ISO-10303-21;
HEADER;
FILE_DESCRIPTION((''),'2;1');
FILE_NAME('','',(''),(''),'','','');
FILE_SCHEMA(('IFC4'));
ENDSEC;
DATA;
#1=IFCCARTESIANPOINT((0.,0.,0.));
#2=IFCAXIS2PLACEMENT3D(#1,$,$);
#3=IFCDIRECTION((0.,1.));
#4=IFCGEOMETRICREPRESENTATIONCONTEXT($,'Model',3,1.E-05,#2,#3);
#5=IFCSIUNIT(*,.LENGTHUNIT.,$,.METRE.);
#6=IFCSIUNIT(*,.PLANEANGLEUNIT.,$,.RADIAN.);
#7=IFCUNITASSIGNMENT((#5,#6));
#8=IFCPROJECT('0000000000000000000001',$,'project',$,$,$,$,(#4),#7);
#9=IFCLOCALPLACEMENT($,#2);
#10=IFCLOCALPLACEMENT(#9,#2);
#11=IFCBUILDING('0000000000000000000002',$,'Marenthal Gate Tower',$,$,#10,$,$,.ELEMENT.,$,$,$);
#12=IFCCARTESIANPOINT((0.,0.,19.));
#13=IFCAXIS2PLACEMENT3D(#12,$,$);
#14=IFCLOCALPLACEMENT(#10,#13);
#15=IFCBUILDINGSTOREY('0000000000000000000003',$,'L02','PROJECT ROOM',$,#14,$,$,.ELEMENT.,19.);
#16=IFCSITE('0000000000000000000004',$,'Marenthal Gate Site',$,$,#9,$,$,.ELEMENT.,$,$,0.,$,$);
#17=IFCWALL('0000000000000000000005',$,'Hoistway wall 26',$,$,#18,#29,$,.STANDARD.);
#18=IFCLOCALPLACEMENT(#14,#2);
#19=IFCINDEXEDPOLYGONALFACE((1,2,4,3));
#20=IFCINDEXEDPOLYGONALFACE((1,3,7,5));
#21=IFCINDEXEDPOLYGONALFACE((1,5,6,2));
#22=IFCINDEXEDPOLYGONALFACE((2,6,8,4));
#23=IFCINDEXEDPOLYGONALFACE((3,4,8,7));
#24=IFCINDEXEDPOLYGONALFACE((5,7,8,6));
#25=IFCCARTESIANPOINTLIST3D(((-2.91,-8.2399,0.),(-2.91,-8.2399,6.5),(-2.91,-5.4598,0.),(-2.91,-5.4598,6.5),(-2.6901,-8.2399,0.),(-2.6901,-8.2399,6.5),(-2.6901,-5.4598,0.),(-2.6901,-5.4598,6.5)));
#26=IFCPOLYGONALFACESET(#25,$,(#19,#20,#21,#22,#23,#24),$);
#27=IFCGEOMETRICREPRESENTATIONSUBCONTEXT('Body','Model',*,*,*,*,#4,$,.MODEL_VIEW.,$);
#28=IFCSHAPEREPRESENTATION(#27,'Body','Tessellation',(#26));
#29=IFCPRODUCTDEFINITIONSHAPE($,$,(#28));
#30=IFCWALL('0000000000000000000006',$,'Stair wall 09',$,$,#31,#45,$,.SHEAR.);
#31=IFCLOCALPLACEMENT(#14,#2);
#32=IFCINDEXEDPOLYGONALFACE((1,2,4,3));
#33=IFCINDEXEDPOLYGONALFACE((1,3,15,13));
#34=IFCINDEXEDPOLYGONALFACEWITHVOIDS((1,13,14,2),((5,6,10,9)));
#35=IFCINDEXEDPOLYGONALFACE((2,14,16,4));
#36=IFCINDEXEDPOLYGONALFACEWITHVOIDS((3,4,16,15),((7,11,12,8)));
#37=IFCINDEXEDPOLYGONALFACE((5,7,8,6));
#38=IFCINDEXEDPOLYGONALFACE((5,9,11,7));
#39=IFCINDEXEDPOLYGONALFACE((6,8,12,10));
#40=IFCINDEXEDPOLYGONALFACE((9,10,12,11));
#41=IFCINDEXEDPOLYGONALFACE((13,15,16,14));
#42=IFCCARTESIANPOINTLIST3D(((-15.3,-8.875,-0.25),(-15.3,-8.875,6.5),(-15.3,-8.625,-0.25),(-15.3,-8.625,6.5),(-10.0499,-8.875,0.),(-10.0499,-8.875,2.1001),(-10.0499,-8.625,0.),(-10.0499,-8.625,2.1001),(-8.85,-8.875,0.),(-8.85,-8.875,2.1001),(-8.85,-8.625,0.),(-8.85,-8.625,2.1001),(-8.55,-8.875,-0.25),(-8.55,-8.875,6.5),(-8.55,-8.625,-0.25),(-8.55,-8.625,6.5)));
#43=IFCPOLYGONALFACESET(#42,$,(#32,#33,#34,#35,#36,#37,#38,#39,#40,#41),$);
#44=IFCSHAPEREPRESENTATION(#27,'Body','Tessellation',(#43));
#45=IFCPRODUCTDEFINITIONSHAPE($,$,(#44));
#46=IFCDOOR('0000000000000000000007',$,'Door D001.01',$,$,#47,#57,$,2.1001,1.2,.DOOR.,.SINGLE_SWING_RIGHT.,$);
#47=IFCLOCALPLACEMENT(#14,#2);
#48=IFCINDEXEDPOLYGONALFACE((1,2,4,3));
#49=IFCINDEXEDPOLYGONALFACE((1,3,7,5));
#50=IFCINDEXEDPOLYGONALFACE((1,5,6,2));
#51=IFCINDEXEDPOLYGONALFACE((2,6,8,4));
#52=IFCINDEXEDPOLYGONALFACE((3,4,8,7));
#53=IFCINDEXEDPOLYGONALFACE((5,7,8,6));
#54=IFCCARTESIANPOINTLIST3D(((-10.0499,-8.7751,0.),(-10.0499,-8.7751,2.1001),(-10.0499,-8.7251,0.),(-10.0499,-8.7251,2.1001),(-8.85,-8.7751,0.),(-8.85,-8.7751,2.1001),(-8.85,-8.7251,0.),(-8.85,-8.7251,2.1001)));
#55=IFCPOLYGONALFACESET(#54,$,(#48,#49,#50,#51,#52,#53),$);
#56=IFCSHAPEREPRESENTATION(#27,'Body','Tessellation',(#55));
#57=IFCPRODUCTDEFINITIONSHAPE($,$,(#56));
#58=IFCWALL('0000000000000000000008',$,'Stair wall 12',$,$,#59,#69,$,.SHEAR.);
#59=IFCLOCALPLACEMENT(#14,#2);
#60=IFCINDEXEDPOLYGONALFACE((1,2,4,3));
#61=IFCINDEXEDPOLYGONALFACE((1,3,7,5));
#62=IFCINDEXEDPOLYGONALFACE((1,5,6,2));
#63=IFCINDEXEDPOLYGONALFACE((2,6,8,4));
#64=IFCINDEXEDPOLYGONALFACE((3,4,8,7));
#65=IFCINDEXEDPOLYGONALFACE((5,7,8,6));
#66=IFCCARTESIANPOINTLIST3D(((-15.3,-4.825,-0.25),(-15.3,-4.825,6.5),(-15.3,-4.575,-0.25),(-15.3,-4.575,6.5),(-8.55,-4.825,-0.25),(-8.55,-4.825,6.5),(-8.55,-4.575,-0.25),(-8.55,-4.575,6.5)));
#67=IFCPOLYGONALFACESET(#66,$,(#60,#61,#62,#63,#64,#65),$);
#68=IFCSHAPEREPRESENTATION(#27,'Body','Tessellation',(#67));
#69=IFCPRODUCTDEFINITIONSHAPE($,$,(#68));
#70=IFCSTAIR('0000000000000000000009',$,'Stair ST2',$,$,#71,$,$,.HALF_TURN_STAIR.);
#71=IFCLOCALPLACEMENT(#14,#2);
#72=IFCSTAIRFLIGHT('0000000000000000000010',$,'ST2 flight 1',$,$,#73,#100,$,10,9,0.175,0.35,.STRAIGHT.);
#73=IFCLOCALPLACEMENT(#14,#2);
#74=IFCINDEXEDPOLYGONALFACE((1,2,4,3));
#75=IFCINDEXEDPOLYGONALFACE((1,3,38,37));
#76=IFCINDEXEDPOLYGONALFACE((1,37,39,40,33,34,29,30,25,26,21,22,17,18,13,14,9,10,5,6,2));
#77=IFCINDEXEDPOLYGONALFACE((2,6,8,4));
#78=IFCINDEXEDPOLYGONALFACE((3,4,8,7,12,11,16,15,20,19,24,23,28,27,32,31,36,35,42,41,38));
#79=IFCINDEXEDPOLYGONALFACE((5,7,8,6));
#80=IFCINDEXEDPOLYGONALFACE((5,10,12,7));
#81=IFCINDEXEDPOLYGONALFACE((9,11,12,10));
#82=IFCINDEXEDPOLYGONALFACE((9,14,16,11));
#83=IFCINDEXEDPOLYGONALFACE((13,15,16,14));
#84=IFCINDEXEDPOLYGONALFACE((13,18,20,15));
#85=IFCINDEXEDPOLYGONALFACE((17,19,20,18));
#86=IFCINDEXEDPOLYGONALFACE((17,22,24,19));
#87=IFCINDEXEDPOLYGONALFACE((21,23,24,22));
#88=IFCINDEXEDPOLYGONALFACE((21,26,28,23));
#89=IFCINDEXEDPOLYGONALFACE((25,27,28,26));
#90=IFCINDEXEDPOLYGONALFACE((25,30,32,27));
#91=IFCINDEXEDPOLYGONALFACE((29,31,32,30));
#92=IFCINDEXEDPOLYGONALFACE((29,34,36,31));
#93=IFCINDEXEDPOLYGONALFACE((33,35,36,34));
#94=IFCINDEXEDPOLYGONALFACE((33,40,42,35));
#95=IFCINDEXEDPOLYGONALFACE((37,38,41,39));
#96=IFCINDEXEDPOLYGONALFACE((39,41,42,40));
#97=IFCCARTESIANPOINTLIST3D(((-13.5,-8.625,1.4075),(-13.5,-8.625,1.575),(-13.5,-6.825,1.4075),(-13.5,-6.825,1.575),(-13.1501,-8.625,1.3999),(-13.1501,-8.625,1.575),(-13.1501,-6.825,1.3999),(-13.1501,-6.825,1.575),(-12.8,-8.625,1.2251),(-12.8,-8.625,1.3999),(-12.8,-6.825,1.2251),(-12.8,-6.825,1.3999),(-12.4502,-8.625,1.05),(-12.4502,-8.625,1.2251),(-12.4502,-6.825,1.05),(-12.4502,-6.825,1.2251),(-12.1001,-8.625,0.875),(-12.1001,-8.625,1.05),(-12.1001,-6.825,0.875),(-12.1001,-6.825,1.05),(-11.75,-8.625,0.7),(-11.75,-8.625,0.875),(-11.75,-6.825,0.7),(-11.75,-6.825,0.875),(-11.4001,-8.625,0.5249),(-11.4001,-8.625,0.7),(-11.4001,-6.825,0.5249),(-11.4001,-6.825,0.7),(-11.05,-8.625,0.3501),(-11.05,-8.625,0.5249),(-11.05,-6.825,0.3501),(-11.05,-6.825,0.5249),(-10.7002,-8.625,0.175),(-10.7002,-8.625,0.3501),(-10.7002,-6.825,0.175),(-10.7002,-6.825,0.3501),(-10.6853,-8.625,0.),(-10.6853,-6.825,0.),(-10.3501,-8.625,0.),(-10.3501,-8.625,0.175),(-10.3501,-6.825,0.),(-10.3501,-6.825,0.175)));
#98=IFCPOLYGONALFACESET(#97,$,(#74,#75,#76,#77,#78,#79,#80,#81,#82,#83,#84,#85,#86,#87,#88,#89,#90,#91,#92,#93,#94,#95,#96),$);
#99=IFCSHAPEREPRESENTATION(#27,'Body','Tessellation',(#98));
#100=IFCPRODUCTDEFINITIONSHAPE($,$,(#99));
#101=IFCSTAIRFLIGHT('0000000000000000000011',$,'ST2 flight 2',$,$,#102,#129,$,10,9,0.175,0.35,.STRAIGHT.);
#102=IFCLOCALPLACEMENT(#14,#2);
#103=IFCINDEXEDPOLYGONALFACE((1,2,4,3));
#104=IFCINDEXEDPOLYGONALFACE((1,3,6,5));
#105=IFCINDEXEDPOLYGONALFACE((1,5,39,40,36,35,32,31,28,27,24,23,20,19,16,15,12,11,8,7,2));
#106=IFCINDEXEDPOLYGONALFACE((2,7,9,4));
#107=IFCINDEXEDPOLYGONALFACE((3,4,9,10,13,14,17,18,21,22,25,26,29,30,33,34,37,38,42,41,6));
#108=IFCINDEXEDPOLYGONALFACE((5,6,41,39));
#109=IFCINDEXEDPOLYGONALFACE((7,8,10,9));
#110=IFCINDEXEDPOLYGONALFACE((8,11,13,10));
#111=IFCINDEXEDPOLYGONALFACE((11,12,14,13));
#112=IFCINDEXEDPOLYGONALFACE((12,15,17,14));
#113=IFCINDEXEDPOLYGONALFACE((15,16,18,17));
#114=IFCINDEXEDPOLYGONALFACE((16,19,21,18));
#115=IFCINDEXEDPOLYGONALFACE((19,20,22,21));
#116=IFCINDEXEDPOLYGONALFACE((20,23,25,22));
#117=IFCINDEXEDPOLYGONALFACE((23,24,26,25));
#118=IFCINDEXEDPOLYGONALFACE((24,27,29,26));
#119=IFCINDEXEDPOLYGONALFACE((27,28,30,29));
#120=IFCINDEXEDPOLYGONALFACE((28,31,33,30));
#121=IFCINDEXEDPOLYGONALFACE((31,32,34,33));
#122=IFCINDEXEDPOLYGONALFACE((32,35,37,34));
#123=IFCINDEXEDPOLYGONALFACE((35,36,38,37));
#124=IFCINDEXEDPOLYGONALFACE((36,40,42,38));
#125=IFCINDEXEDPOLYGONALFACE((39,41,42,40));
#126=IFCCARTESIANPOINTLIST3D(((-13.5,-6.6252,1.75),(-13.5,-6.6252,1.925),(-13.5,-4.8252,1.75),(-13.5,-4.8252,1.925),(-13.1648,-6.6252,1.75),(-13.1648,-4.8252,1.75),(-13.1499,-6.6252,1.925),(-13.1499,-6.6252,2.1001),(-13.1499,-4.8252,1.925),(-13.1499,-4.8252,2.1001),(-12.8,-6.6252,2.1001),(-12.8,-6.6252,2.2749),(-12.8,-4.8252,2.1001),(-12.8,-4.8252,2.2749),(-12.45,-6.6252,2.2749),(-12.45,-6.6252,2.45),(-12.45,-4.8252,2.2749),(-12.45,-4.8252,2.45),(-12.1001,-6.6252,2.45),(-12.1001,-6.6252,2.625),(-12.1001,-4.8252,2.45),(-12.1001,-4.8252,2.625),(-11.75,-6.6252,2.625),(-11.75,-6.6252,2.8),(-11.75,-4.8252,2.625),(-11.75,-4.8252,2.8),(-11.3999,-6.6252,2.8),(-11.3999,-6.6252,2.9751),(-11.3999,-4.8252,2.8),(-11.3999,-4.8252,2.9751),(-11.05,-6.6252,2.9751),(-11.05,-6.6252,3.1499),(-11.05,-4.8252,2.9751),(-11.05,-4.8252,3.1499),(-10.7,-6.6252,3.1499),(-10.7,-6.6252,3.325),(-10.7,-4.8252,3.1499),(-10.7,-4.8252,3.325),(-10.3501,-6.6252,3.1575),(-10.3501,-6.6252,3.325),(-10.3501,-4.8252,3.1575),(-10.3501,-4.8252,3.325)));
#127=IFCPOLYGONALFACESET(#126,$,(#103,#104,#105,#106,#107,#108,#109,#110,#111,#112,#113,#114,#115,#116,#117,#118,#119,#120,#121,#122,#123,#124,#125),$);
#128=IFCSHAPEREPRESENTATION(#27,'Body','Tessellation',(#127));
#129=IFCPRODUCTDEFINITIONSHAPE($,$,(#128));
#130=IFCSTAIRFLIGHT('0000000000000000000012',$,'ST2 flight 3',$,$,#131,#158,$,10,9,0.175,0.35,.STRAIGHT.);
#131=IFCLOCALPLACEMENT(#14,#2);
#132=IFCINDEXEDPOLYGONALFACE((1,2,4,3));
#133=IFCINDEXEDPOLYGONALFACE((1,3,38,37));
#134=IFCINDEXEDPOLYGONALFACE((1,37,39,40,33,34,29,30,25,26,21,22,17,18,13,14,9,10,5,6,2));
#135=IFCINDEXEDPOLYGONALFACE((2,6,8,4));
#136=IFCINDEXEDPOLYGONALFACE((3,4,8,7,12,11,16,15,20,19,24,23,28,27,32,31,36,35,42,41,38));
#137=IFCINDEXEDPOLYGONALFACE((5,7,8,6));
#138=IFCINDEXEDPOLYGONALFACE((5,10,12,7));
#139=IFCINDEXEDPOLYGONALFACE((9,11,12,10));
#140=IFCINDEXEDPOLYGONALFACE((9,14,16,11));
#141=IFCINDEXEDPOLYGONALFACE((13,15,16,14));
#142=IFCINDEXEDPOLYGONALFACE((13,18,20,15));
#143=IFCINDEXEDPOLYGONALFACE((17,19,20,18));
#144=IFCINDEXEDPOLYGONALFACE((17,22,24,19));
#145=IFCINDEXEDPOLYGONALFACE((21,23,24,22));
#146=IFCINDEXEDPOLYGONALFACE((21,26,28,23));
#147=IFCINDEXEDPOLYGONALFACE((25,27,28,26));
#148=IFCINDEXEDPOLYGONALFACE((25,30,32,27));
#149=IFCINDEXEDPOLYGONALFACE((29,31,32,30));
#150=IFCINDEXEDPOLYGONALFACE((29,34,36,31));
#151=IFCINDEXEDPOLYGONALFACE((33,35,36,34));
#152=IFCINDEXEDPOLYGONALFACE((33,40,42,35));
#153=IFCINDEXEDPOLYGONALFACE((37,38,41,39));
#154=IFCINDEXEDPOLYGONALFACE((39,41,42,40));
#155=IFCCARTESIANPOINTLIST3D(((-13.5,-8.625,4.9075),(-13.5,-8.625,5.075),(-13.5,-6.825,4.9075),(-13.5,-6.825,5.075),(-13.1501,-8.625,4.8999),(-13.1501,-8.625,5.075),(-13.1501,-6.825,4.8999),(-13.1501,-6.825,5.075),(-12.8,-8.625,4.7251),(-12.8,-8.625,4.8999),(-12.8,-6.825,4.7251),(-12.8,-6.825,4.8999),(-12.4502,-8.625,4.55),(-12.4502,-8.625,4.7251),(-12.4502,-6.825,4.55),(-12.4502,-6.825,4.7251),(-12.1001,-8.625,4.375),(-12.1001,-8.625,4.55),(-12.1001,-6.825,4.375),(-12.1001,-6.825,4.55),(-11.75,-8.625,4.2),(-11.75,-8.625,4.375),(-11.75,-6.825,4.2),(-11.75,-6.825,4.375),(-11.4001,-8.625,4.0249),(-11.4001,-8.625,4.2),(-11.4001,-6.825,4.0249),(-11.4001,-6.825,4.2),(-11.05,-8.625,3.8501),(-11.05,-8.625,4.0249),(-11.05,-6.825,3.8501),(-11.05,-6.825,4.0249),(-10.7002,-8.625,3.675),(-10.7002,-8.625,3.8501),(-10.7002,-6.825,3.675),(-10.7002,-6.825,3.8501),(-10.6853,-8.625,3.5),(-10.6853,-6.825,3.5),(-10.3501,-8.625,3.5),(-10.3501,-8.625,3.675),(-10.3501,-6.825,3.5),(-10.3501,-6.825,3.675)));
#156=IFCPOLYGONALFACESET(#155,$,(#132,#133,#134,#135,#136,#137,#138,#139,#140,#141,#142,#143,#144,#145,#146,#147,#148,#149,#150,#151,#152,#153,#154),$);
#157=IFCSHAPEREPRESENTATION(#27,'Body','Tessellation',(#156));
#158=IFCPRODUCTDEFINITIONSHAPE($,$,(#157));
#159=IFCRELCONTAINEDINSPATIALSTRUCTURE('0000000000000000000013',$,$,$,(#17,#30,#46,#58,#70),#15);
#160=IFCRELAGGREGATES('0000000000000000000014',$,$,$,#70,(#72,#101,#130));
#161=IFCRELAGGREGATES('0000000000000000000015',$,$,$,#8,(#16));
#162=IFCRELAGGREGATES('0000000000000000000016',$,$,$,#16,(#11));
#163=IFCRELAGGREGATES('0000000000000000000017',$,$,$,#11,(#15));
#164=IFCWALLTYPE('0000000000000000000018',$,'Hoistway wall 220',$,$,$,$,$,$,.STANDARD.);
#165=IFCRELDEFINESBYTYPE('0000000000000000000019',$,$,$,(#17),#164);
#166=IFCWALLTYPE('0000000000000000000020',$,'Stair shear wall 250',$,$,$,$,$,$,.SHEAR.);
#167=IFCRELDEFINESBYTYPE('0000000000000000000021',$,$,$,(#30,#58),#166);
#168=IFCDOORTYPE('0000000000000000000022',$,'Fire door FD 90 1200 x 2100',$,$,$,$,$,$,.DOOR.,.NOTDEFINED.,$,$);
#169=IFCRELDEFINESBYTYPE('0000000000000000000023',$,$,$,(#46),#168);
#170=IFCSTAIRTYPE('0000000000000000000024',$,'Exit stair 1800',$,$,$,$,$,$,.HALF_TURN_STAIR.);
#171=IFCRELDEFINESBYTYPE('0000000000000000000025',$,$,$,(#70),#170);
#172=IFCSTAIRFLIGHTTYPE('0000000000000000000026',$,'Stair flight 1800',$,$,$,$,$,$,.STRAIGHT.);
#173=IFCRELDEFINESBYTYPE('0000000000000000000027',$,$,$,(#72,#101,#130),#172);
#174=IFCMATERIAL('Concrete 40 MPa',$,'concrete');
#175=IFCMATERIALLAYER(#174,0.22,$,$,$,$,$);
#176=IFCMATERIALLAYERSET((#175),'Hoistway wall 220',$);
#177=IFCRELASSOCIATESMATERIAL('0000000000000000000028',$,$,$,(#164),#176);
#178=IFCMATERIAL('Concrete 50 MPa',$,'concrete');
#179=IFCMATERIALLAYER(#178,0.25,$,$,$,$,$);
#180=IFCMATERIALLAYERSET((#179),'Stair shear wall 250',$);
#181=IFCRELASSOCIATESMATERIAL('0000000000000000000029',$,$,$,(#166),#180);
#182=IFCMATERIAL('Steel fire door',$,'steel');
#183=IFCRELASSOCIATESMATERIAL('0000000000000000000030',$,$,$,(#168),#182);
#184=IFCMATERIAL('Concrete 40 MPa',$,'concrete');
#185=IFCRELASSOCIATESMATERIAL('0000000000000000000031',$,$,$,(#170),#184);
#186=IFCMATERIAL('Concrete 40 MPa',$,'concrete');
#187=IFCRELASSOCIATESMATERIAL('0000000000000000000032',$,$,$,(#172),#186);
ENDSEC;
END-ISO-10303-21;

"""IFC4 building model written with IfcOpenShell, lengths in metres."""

from ifc_helpers import new_model, si_unit, direction, frame, frame_2d, origin, place, context, subcontext, project, spatial, polyline, rectangle, outline, extrude, material, layer, layer_set, type_object, element, fill, aggregate, save


model = new_model("IFC4")

# Units and contexts
model_context = context("Model", 3, precision=1e-05, world=origin(), true_north=direction((0.0, 1.0)))
body_context = subcontext(model_context, "Body", "Model", "MODEL_VIEW")
ifc_project = project(units=[si_unit("LENGTHUNIT", "METRE"), si_unit("PLANEANGLEUNIT", "RADIAN")], contexts=[model_context])

# Site, building, storey
site_placement = place(None, origin())
site = spatial("IfcSite", under=ifc_project, at=site_placement, Name="Marenthal Gate Site", CompositionType="ELEMENT", RefElevation=0.0)
building_placement = place(site_placement, origin())
building = spatial("IfcBuilding", under=site, at=building_placement, Name="Marenthal Gate Tower", CompositionType="ELEMENT")
storey_placement = place(building_placement, frame((0.0, 0.0, 19.0)))
storey = spatial("IfcBuildingStorey", under=building, at=storey_placement, Name="L02", Description="PROJECT ROOM", CompositionType="ELEMENT", Elevation=19.0)

# Shared definitions
ifc_material_1 = material(Name="Concrete 40 MPa", Category="concrete")
ifc_layer_1 = layer(ifc_material_1, 0.22)
ifc_layer_set_1 = layer_set([ifc_layer_1], Name="Hoistway wall 220")
wall_type_1 = type_object("IfcWallType", Name="Hoistway wall 220", PredefinedType="STANDARD", material=ifc_layer_set_1)

# Wall
wall_1_placement = place(storey_placement, frame((-2.8, -8.24, 0.0), z_axis=(0.0, 0.0, 1.0), x_axis=(0.0, 1.0, 0.0)))
element("IfcWall", 1, at=wall_1_placement, inside=storey, type_object=wall_type_1, Name="Hoistway wall 26", PredefinedType="STANDARD", context=body_context, shape_type="SweptSolid", body=[
    extrude(rectangle(XDim=2.78, YDim=0.22, at=frame_2d((1.3901, 0.0))), origin(), (0.0, 0.0, 1.0), 6.5),
])

# Wall, opening, door
ifc_material_2 = material(Name="Concrete 50 MPa", Category="concrete")
ifc_layer_2 = layer(ifc_material_2, 0.25)
ifc_layer_set_2 = layer_set([ifc_layer_2], Name="Stair shear wall 250")
wall_type_2 = type_object("IfcWallType", Name="Stair shear wall 250", PredefinedType="SHEAR", material=ifc_layer_set_2)
wall_2_placement = place(storey_placement, frame((-15.3, -8.75, -0.25), z_axis=(0.0, 0.0, 1.0), x_axis=(1.0, 0.0, 0.0)))
wall_2 = element("IfcWall", 2, at=wall_2_placement, inside=storey, type_object=wall_type_2, Name="Stair wall 09", PredefinedType="SHEAR", context=body_context, shape_type="SweptSolid", body=[
    extrude(rectangle(XDim=6.75, YDim=0.25, at=frame_2d((3.375, 0.0))), origin(), (0.0, 0.0, 1.0), 6.75),
])
opening_1_placement = place(wall_2_placement, frame((5.25, 0.0, 0.25)))
opening_1 = element("IfcOpeningElement", 3, at=opening_1_placement, cuts=wall_2, PredefinedType="OPENING", context=body_context, shape_type="SweptSolid", body=[
    extrude(rectangle(XDim=1.2, YDim=2.1001, at=frame_2d((0.6001, 1.05))), frame((0.0, 0.135, 0.0), z_axis=(0.0, -1.0, 0.0), x_axis=(1.0, 0.0, 0.0)), (0.0, 0.0, 1.0), 0.27),
])
ifc_material_3 = material(Name="Steel fire door", Category="steel")
door_type_1 = type_object("IfcDoorType", Name="Fire door FD 90 1200 x 2100", OperationType="NOTDEFINED", PredefinedType="DOOR", material=ifc_material_3)
door_1_placement = place(opening_1_placement, origin())
door_1 = element("IfcDoor", 4, at=door_1_placement, inside=storey, type_object=door_type_1, Name="Door D001.01", OperationType="SINGLE_SWING_RIGHT", OverallHeight=2.1001, OverallWidth=1.2, PredefinedType="DOOR", context=body_context, shape_type="SweptSolid", body=[
    extrude(rectangle(XDim=1.2, YDim=2.1001, at=frame_2d((0.6001, 1.05))), frame((0.0, 0.0249, 0.0), z_axis=(0.0, -1.0, 0.0), x_axis=(1.0, 0.0, 0.0)), (0.0, 0.0, 1.0), 0.05),
])
fill(opening_1, door_1)

# Wall
wall_3_placement = place(storey_placement, frame((-15.3, -4.7, -0.25), z_axis=(0.0, 0.0, 1.0), x_axis=(1.0, 0.0, 0.0)))
element("IfcWall", 5, at=wall_3_placement, inside=storey, type_object=wall_type_2, Name="Stair wall 12", PredefinedType="SHEAR", context=body_context, shape_type="SweptSolid", body=[
    extrude(rectangle(XDim=6.75, YDim=0.25, at=frame_2d((3.375, 0.0))), origin(), (0.0, 0.0, 1.0), 6.75),
])

# Stair, stair flights
ifc_material_4 = material(Name="Concrete 40 MPa", Category="concrete")
stair_type = type_object("IfcStairType", Name="Exit stair 1800", PredefinedType="HALF_TURN_STAIR", material=ifc_material_4)
stair_placement = place(storey_placement, origin())
stair = element("IfcStair", 6, at=stair_placement, inside=storey, type_object=stair_type, Name="Stair ST2", PredefinedType="HALF_TURN_STAIR")
ifc_material_5 = material(Name="Concrete 40 MPa", Category="concrete")
stair_flight_type = type_object("IfcStairFlightType", Name="Stair flight 1800", PredefinedType="STRAIGHT", material=ifc_material_5)
stair_flight_1_placement = place(storey_placement, frame((-10.3501, -7.7251, 0.0), z_axis=(0.0, 0.0, 1.0), x_axis=(-1.0, 0.0, 0.0)))
stair_flight_1 = element("IfcStairFlight", 7, at=stair_flight_1_placement, type_object=stair_flight_type, Name="ST2 flight 1", NumberOfRisers=10, NumberOfTreads=9, PredefinedType="STRAIGHT", RiserHeight=0.175, TreadLength=0.35, context=body_context, shape_type="SweptSolid", body=[
    extrude(outline(polyline([(0.0, 0.0), (0.0, 0.175), (0.3501, 0.175), (0.3501, 0.3501), (0.7, 0.3501), (0.7, 0.5249), (1.05, 0.5249), (1.05, 0.7), (1.3999, 0.7), (1.3999, 0.875), (1.75, 0.875), (1.75, 1.05), (2.1001, 1.05), (2.1001, 1.2251), (2.45, 1.2251), (2.45, 1.3999), (2.8, 1.3999), (2.8, 1.575), (3.1499, 1.575), (3.1499, 1.75), (3.1499, 1.4075), (0.3352, 0.0), (0.0, 0.0)])), frame((0.0, 0.8999, 0.0), z_axis=(0.0, -1.0, 0.0), x_axis=(1.0, 0.0, 0.0)), (0.0, 0.0, 1.0), 1.8),
])
stair_flight_2_placement = place(storey_placement, frame((-13.5, -5.7251, 1.75), z_axis=(0.0, 0.0, 1.0), x_axis=(1.0, 0.0, 0.0)))
stair_flight_2 = element("IfcStairFlight", 8, at=stair_flight_2_placement, type_object=stair_flight_type, Name="ST2 flight 2", NumberOfRisers=10, NumberOfTreads=9, PredefinedType="STRAIGHT", RiserHeight=0.175, TreadLength=0.35, context=body_context, shape_type="SweptSolid", body=[
    extrude(outline(polyline([(0.0, 0.0), (0.0, 0.175), (0.3501, 0.175), (0.3501, 0.3501), (0.7, 0.3501), (0.7, 0.5249), (1.05, 0.5249), (1.05, 0.7), (1.3999, 0.7), (1.3999, 0.875), (1.75, 0.875), (1.75, 1.05), (2.1001, 1.05), (2.1001, 1.2251), (2.45, 1.2251), (2.45, 1.3999), (2.8, 1.3999), (2.8, 1.575), (3.1499, 1.575), (3.1499, 1.75), (3.1499, 1.4075), (0.3352, 0.0), (0.0, 0.0)])), frame((0.0, 0.8999, 0.0), z_axis=(0.0, -1.0, 0.0), x_axis=(1.0, 0.0, 0.0)), (0.0, 0.0, 1.0), 1.8),
])
stair_flight_3_placement = place(storey_placement, frame((-10.3501, -7.7251, 3.5), z_axis=(0.0, 0.0, 1.0), x_axis=(-1.0, 0.0, 0.0)))
stair_flight_3 = element("IfcStairFlight", 9, at=stair_flight_3_placement, type_object=stair_flight_type, Name="ST2 flight 3", NumberOfRisers=10, NumberOfTreads=9, PredefinedType="STRAIGHT", RiserHeight=0.175, TreadLength=0.35, context=body_context, shape_type="SweptSolid", body=[
    extrude(outline(polyline([(0.0, 0.0), (0.0, 0.175), (0.3501, 0.175), (0.3501, 0.3501), (0.7, 0.3501), (0.7, 0.5249), (1.05, 0.5249), (1.05, 0.7), (1.3999, 0.7), (1.3999, 0.875), (1.75, 0.875), (1.75, 1.05), (2.1001, 1.05), (2.1001, 1.2251), (2.45, 1.2251), (2.45, 1.3999), (2.8, 1.3999), (2.8, 1.575), (3.1499, 1.575), (3.1499, 1.75), (3.1499, 1.4075), (0.3352, 0.0), (0.0, 0.0)])), frame((0.0, 0.8999, 0.0), z_axis=(0.0, -1.0, 0.0), x_axis=(1.0, 0.0, 0.0)), (0.0, 0.0, 1.0), 1.8),
])
aggregate(stair, [stair_flight_1, stair_flight_2, stair_flight_3])

save(model, "model.ifc")
